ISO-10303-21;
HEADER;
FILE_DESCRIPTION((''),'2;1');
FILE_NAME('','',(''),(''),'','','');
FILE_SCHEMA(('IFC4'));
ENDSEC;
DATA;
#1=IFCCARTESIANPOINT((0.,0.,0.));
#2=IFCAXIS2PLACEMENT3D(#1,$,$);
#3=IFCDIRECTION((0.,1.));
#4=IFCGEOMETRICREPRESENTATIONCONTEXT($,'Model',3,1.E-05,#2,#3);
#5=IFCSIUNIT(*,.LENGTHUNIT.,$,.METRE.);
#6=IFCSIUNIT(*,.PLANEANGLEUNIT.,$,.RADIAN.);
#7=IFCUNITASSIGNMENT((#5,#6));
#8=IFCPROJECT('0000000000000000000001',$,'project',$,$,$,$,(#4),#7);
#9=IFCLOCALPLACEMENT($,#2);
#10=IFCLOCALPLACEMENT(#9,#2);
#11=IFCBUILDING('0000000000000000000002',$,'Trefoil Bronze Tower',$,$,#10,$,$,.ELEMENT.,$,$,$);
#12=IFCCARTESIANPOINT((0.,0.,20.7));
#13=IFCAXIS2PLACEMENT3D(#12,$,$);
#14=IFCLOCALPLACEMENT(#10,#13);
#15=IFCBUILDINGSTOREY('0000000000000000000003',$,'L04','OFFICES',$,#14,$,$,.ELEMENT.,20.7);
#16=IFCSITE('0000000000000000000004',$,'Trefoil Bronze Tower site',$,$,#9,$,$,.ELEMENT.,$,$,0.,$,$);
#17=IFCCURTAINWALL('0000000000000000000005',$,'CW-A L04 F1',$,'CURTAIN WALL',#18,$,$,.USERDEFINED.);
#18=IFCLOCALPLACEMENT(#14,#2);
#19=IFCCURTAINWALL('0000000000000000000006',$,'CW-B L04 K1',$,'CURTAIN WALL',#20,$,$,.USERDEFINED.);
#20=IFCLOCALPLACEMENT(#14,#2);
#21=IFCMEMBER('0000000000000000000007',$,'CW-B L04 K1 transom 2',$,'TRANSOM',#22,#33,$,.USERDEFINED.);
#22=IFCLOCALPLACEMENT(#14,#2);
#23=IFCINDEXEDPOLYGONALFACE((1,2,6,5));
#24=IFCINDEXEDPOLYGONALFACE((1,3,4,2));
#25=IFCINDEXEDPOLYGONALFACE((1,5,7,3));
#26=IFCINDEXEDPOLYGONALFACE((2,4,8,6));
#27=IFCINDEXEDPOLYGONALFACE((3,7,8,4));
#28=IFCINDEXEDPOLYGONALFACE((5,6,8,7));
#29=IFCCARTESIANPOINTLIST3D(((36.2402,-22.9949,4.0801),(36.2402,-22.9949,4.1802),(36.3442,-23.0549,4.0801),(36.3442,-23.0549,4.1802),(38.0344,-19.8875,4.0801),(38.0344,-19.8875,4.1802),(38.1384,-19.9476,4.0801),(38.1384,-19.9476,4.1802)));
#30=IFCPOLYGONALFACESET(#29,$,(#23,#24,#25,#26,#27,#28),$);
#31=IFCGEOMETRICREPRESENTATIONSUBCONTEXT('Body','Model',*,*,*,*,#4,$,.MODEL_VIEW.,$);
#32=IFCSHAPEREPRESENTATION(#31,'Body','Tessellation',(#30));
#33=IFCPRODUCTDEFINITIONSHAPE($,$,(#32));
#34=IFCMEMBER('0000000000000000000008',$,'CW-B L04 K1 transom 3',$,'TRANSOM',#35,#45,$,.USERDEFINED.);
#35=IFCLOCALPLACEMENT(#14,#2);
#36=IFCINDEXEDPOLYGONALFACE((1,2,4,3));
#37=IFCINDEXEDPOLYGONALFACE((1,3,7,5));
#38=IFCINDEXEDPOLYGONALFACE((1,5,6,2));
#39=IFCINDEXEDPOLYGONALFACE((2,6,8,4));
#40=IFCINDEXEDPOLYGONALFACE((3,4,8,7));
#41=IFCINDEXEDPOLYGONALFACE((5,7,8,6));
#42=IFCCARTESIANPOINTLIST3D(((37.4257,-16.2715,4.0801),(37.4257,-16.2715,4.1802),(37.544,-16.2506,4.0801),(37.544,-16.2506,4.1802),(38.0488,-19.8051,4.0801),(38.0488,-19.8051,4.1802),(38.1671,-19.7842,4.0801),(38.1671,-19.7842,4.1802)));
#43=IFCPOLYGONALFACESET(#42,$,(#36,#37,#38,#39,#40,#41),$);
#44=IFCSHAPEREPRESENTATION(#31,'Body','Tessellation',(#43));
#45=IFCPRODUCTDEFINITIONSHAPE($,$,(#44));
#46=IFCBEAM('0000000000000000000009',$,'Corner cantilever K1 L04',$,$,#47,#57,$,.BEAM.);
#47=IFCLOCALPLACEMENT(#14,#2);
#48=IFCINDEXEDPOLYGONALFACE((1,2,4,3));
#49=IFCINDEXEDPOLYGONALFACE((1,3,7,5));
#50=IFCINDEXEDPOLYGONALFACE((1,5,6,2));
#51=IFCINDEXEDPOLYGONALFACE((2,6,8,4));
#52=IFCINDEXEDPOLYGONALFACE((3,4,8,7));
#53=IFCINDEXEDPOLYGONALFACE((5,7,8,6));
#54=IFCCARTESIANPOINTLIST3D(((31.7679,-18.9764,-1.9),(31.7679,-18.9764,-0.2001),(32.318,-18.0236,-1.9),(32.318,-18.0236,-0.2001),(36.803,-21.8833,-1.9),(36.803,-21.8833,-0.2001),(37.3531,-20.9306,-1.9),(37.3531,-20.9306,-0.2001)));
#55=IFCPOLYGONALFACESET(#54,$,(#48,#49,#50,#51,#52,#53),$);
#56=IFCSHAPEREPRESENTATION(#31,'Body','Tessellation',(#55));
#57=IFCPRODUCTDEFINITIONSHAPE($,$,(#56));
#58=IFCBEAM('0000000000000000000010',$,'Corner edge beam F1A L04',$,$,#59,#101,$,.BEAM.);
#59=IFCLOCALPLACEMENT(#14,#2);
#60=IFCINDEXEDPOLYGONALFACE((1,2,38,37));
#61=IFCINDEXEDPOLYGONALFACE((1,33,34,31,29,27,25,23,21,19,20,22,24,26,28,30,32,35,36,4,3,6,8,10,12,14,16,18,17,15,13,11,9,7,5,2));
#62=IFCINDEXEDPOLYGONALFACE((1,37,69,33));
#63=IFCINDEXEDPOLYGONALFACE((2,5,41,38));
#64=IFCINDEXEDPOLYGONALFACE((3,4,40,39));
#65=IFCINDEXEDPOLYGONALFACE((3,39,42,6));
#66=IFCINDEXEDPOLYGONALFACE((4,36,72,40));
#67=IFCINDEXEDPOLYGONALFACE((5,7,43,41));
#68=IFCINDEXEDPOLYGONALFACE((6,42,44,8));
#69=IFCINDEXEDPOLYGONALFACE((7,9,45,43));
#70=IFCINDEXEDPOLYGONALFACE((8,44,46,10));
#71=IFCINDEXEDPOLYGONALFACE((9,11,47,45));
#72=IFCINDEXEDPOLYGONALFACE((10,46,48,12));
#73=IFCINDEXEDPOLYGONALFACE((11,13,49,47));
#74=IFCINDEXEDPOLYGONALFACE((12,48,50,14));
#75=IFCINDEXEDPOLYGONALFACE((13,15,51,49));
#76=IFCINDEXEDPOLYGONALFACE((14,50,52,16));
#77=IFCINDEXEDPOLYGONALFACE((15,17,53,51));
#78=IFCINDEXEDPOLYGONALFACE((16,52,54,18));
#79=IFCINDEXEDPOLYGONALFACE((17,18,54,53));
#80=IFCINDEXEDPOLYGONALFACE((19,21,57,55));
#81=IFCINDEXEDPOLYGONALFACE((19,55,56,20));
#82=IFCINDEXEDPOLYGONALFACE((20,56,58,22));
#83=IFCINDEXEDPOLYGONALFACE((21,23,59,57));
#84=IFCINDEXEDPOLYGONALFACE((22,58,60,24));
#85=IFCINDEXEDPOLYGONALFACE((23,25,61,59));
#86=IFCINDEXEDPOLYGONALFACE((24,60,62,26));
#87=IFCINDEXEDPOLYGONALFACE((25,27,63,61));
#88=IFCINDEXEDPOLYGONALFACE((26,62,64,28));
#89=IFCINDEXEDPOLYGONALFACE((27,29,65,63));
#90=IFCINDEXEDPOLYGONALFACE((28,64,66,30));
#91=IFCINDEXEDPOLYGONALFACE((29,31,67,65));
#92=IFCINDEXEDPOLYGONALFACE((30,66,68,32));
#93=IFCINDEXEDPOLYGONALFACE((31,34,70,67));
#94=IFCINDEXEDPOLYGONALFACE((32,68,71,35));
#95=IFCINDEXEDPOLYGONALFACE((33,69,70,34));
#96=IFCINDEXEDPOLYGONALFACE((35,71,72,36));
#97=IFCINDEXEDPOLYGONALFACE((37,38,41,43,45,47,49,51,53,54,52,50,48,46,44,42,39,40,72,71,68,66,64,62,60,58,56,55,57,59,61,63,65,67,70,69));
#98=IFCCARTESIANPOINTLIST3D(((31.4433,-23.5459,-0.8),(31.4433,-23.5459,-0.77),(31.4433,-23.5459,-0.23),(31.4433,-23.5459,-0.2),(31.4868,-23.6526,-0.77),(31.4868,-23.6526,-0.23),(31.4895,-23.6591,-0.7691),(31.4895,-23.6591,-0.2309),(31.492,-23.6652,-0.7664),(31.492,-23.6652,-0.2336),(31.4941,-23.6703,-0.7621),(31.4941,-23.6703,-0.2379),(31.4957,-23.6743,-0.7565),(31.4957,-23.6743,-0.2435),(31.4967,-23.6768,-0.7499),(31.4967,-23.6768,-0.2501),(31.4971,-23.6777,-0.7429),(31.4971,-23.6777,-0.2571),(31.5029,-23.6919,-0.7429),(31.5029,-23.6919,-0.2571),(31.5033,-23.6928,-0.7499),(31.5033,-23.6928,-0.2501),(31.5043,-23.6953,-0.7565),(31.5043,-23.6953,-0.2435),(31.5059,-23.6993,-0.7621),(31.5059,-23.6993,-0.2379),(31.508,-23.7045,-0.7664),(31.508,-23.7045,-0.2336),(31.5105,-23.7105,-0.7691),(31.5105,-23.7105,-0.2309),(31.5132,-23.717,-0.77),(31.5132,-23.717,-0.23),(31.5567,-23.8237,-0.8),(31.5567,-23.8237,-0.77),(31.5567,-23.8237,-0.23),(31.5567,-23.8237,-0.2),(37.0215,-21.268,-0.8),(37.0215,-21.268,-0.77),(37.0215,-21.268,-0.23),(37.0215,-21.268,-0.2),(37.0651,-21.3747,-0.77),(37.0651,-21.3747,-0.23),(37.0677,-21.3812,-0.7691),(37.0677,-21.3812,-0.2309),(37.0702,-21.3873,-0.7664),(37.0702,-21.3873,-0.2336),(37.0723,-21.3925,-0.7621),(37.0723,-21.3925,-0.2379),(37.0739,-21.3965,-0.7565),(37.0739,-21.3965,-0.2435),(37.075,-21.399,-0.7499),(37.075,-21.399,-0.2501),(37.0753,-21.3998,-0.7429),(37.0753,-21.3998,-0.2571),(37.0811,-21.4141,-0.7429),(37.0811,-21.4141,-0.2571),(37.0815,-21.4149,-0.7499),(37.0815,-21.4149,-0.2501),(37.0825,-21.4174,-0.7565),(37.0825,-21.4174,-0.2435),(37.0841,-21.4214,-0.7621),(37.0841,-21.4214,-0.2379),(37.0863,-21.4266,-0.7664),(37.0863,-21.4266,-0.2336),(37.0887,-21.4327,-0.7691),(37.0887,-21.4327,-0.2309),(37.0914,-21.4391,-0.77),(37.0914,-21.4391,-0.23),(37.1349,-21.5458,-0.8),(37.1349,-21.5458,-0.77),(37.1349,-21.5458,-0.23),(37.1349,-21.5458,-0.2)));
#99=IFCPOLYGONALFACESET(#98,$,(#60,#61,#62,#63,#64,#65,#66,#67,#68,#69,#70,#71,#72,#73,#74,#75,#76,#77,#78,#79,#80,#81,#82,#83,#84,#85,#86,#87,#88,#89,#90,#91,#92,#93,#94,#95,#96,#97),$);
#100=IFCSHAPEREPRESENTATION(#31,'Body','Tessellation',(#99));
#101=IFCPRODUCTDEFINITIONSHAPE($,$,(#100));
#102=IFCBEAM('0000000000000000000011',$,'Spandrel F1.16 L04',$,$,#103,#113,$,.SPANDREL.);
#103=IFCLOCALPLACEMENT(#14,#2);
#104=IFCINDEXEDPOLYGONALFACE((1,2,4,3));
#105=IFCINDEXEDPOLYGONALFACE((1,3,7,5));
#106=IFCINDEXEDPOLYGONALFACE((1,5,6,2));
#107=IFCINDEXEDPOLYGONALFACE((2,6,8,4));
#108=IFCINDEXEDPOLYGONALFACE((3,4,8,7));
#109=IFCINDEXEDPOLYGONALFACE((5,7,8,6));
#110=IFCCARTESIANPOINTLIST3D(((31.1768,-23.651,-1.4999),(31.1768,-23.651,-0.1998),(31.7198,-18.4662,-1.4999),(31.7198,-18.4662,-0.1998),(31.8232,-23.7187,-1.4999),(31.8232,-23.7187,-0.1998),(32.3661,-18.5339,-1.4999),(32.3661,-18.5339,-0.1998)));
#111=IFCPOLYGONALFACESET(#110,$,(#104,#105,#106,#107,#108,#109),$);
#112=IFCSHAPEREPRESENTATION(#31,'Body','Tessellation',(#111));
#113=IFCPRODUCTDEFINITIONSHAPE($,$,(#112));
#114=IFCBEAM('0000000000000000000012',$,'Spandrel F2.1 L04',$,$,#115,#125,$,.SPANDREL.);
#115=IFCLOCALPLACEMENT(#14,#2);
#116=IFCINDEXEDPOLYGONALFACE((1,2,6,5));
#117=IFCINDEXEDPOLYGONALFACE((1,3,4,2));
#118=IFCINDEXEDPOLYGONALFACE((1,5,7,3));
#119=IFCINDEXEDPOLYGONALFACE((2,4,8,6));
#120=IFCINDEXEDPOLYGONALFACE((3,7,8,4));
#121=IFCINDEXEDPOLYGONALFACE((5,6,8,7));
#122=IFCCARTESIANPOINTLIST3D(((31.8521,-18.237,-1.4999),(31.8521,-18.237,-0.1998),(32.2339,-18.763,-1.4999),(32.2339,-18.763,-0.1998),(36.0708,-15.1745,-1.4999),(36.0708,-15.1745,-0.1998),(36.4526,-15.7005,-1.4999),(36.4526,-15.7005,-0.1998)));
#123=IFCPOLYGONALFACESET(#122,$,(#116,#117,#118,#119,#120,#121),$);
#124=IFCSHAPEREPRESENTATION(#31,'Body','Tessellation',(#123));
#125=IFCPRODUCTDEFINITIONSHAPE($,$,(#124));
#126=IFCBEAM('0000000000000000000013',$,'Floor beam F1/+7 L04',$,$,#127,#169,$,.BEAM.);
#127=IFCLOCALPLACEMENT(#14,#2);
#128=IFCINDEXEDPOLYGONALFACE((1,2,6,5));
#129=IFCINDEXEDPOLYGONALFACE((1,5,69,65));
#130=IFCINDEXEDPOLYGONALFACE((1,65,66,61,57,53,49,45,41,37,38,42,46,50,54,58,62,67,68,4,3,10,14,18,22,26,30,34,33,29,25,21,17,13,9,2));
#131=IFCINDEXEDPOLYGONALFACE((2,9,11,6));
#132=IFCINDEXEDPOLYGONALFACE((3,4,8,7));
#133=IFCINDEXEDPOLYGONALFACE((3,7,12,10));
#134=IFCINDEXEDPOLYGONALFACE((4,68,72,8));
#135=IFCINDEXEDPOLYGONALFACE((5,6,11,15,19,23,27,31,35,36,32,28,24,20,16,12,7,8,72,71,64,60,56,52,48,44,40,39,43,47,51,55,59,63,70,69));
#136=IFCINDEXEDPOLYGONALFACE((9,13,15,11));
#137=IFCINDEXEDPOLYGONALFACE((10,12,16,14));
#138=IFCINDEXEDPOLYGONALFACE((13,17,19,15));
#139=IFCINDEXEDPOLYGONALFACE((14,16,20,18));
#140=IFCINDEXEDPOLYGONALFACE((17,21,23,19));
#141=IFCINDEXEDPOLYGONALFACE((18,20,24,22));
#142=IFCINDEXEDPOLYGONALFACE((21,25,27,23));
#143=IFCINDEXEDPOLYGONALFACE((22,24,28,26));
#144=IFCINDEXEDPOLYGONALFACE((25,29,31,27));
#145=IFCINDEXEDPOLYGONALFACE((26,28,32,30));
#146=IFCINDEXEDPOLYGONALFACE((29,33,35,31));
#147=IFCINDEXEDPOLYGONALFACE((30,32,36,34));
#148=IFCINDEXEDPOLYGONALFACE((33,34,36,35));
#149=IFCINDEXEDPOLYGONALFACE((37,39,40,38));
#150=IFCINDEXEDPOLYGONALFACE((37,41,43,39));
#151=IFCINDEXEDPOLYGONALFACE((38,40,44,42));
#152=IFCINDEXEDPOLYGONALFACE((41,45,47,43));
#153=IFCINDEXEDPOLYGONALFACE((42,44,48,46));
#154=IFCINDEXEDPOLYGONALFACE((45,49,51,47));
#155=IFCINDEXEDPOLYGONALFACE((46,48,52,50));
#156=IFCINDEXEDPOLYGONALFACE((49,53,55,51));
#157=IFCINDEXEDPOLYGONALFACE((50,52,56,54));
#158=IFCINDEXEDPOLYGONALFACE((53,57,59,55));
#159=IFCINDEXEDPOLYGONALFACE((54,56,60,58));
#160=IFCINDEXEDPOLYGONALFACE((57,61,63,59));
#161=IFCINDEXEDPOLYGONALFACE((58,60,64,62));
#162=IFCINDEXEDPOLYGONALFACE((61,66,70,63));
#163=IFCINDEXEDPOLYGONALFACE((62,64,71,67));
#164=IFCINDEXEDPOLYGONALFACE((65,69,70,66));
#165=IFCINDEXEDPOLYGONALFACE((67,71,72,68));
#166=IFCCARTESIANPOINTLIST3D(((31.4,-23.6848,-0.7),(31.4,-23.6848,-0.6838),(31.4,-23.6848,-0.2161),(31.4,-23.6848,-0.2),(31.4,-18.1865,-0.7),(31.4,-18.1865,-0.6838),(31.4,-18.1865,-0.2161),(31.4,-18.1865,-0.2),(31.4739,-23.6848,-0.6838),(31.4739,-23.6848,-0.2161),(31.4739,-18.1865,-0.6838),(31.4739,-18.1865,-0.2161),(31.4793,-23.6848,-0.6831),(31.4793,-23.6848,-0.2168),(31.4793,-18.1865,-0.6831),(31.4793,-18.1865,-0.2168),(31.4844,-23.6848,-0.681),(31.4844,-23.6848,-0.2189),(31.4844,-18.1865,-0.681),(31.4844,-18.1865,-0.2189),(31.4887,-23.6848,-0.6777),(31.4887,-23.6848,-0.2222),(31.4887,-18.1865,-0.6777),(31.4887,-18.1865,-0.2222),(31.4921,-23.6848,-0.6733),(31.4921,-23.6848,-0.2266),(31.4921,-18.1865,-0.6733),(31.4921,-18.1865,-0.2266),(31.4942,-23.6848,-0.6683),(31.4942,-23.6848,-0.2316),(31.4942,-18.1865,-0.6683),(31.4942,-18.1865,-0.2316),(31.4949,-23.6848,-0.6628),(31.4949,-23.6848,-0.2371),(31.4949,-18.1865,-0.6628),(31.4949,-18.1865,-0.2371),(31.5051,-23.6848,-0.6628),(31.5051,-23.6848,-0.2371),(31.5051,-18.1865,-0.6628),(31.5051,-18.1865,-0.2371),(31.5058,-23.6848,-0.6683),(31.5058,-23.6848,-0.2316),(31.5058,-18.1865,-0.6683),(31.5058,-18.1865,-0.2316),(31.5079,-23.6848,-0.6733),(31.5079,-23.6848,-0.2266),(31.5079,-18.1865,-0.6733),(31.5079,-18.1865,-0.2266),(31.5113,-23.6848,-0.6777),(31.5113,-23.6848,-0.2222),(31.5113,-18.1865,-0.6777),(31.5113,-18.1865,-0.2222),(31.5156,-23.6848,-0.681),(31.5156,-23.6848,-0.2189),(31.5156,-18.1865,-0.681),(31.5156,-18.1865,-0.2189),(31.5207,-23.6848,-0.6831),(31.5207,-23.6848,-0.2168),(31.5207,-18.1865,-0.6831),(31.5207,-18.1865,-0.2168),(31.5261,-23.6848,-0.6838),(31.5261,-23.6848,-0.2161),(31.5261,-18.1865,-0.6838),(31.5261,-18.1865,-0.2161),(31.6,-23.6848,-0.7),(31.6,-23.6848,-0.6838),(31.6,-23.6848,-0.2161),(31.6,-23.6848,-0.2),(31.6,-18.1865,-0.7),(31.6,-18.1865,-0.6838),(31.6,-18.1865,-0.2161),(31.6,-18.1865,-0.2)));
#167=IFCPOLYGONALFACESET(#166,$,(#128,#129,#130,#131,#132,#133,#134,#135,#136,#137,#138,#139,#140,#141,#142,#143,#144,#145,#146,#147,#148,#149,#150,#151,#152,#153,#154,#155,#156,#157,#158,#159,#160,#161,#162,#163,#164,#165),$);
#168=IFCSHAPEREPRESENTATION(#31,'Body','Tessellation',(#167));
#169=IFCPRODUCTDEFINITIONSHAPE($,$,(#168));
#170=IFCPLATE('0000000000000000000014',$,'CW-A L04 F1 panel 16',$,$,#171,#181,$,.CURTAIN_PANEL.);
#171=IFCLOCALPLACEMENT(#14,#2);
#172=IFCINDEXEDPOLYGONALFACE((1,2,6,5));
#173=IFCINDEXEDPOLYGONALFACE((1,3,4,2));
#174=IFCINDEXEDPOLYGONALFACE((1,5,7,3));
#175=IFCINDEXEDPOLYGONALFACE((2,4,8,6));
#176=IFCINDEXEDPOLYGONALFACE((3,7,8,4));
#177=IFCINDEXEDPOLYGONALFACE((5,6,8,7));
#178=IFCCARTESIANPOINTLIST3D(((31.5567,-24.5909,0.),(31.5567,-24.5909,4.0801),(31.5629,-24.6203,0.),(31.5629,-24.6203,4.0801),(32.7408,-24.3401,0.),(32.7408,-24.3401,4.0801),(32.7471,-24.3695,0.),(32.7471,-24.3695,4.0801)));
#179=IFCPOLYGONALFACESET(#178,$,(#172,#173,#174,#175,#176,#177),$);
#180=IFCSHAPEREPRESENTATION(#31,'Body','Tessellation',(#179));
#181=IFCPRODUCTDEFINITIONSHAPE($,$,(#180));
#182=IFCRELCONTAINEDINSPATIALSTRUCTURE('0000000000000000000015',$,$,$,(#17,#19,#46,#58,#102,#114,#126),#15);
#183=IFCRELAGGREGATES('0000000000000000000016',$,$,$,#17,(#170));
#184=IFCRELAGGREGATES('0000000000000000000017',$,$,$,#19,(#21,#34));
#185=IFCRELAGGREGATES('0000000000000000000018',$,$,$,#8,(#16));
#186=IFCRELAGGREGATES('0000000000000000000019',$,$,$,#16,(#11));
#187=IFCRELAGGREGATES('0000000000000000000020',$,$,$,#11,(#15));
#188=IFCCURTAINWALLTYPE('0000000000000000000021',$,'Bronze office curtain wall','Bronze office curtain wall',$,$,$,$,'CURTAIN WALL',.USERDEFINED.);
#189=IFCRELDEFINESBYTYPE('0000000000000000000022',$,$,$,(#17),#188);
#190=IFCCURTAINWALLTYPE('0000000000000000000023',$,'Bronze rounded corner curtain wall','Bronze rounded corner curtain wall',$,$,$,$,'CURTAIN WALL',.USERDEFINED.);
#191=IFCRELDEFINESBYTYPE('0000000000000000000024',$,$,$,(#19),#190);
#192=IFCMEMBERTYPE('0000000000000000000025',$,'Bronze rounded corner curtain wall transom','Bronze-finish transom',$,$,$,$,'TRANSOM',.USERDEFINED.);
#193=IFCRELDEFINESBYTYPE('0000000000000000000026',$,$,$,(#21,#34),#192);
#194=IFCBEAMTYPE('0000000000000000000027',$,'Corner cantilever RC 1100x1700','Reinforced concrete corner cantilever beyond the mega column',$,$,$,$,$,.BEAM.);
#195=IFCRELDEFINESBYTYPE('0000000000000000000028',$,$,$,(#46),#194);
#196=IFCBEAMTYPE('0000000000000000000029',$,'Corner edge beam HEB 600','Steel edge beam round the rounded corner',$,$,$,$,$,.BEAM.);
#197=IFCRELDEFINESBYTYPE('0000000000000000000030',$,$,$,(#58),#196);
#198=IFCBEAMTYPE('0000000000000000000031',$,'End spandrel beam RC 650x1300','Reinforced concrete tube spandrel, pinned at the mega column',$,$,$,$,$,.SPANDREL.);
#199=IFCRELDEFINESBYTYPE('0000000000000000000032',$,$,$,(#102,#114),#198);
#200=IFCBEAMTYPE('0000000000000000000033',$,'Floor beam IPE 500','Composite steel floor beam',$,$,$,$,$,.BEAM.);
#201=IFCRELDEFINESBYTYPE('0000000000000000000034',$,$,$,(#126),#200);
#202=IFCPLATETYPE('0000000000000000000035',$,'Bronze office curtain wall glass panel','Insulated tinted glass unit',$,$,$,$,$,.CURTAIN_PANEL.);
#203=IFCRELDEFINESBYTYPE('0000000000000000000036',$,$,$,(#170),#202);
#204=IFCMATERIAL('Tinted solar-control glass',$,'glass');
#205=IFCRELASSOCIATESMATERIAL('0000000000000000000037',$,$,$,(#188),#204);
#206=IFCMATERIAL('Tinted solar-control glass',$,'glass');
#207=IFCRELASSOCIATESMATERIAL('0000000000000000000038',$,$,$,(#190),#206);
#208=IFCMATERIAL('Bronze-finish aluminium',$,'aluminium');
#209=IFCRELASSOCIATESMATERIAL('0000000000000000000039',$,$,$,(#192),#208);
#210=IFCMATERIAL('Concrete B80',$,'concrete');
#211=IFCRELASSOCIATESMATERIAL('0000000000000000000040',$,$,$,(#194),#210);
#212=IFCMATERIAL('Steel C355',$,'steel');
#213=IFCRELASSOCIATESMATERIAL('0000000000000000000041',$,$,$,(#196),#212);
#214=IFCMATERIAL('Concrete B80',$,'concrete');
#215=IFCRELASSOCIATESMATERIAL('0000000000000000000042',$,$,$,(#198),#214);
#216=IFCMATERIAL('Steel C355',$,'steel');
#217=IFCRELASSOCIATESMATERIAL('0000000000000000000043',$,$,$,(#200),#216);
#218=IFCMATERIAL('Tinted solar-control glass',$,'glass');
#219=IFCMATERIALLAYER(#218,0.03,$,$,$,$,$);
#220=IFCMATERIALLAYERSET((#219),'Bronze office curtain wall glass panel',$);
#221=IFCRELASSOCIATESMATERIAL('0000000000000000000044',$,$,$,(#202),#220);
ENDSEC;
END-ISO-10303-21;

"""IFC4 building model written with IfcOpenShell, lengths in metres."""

from ifc_helpers import new_model, si_unit, direction, frame, origin, origin_2d, place, context, subcontext, project, spatial, rectangle, i_section, extrude, material, layer, layer_set, material_profile, profile_set, type_object, element, aggregate, save


model = new_model("IFC4")

# Units and contexts
model_context = context("Model", 3, precision=1e-05, world=origin(), true_north=direction((0.0, 1.0)))
body_context = subcontext(model_context, "Body", "Model", "MODEL_VIEW")
ifc_project = project(units=[si_unit("LENGTHUNIT", "METRE"), si_unit("PLANEANGLEUNIT", "RADIAN")], contexts=[model_context])

# Site, building, storey
site_placement = place(None, origin())
site = spatial("IfcSite", under=ifc_project, at=site_placement, Name="Trefoil Bronze Tower site", CompositionType="ELEMENT", RefElevation=0.0)
building_placement = place(site_placement, origin())
building = spatial("IfcBuilding", under=site, at=building_placement, Name="Trefoil Bronze Tower", CompositionType="ELEMENT")
storey_placement = place(building_placement, frame((0.0, 0.0, 20.7)))
storey = spatial("IfcBuildingStorey", under=building, at=storey_placement, Name="L04", Description="OFFICES", CompositionType="ELEMENT", Elevation=20.7)

# Curtain walls, members
ifc_material_1 = material(Name="Tinted solar-control glass", Category="glass")
curtain_wall_type_1 = type_object("IfcCurtainWallType", Name="Bronze office curtain wall", Description="Bronze office curtain wall", ElementType="CURTAIN WALL", PredefinedType="USERDEFINED", material=ifc_material_1)
curtain_wall_1_placement = place(storey_placement, origin())
curtain_wall_1 = element("IfcCurtainWall", 1, at=curtain_wall_1_placement, inside=storey, type_object=curtain_wall_type_1, Name="CW-A L04 F1", ObjectType="CURTAIN WALL", PredefinedType="USERDEFINED")
ifc_material_2 = material(Name="Tinted solar-control glass", Category="glass")
curtain_wall_type_2 = type_object("IfcCurtainWallType", Name="Bronze rounded corner curtain wall", Description="Bronze rounded corner curtain wall", ElementType="CURTAIN WALL", PredefinedType="USERDEFINED", material=ifc_material_2)
curtain_wall_2_placement = place(storey_placement, origin())
curtain_wall_2 = element("IfcCurtainWall", 2, at=curtain_wall_2_placement, inside=storey, type_object=curtain_wall_type_2, Name="CW-B L04 K1", ObjectType="CURTAIN WALL", PredefinedType="USERDEFINED")
ifc_material_3 = material(Name="Bronze-finish aluminium", Category="aluminium")
ifc_material_profile_1 = material_profile(ifc_material_3, rectangle(XDim=0.1201, YDim=0.1001, at=origin_2d()), Name="CW-B transom")
ifc_profile_set_1 = profile_set([ifc_material_profile_1], Name="Bronze-finish aluminium")
member_type_1 = type_object("IfcMemberType", Name="Bronze rounded corner curtain wall transom", Description="Bronze-finish transom", ElementType="TRANSOM", PredefinedType="USERDEFINED", material=ifc_profile_set_1)
member_1_placement = place(storey_placement, frame((36.2922, -23.0249, 4.1301), z_axis=(0.500025, 0.866011, 0.0), x_axis=(-0.866011, 0.500025, 0.0)))
member_1 = element("IfcMember", 3, at=member_1_placement, type_object=member_type_1, Name="CW-B L04 K1 transom 2", ObjectType="TRANSOM", PredefinedType="USERDEFINED", context=body_context, shape_type="SweptSolid", body=[
    extrude(rectangle(XDim=0.1201, YDim=0.1001, at=origin_2d()), origin(), (0.0, 0.0, 1.0), 3.5881),
])
member_2_placement = place(storey_placement, frame((38.1079, -19.7947, 4.1301), z_axis=(-0.173638, 0.98481, 0.0), x_axis=(-0.98481, -0.173638, 0.0)))
member_2 = element("IfcMember", 4, at=member_2_placement, type_object=member_type_1, Name="CW-B L04 K1 transom 3", ObjectType="TRANSOM", PredefinedType="USERDEFINED", context=body_context, shape_type="SweptSolid", body=[
    extrude(rectangle(XDim=0.1201, YDim=0.1001, at=origin_2d()), origin(), (0.0, 0.0, 1.0), 3.5881),
])

# Beams
ifc_material_4 = material(Name="Concrete B80", Category="concrete")
ifc_material_profile_2 = material_profile(ifc_material_4, rectangle(XDim=1.1001, YDim=1.7, at=origin_2d()), Name="RC 1100x1700")
ifc_profile_set_2 = profile_set([ifc_material_profile_2], Name="Concrete B80")
beam_type_1 = type_object("IfcBeamType", Name="Corner cantilever RC 1100x1700", Description="Reinforced concrete corner cantilever beyond the mega column", PredefinedType="BEAM", material=ifc_profile_set_2)
beam_1_placement = place(storey_placement, frame((32.043, -18.5, -1.05), z_axis=(0.86603, -0.499991, 0.0), x_axis=(0.499991, 0.86603, 0.0)))
element("IfcBeam", 5, at=beam_1_placement, inside=storey, type_object=beam_type_1, Name="Corner cantilever K1 L04", PredefinedType="BEAM", context=body_context, shape_type="SweptSolid", body=[
    extrude(rectangle(XDim=1.1001, YDim=1.7, at=origin_2d()), origin(), (0.0, 0.0, 1.0), 5.814),
])
ifc_material_5 = material(Name="Steel C355", Category="steel")
ifc_material_profile_3 = material_profile(ifc_material_5, i_section(OverallWidth=0.3, OverallDepth=0.6001, WebThickness=0.0154, FlangeThickness=0.03, FilletRadius=0.0271, at=origin_2d()), Name="HEB 600")
ifc_profile_set_3 = profile_set([ifc_material_profile_3], Name="Steel C355")
beam_type_2 = type_object("IfcBeamType", Name="Corner edge beam HEB 600", Description="Steel edge beam round the rounded corner", PredefinedType="BEAM", material=ifc_profile_set_3)
beam_2_placement = place(storey_placement, frame((31.5, -23.6848, -0.5), z_axis=(0.925787, 0.378046, 0.0), x_axis=(-0.378046, 0.925787, 0.0)))
element("IfcBeam", 6, at=beam_2_placement, inside=storey, type_object=beam_type_2, Name="Corner edge beam F1A L04", PredefinedType="BEAM", context=body_context, shape_type="SweptSolid", body=[
    extrude(i_section(OverallWidth=0.3, OverallDepth=0.6001, WebThickness=0.0154, FlangeThickness=0.03, FilletRadius=0.0271, at=origin_2d()), origin(), (0.0, 0.0, 1.0), 6.0254),
])
ifc_material_6 = material(Name="Concrete B80", Category="concrete")
ifc_material_profile_4 = material_profile(ifc_material_6, rectangle(XDim=0.6499, YDim=1.3, at=origin_2d()), Name="RC 650x1300")
ifc_profile_set_4 = profile_set([ifc_material_profile_4], Name="Concrete B80")
beam_type_3 = type_object("IfcBeamType", Name="End spandrel beam RC 650x1300", Description="Reinforced concrete tube spandrel, pinned at the mega column", PredefinedType="SPANDREL", material=ifc_profile_set_4)
for number, where, z_axis, x_axis, name in (
    (7, (31.5, -23.6848, -0.8499), (0.104153, 0.994561, 0.0), (-0.994561, 0.104153, 0.0), "Spandrel F1.16 L04"),
    (8, (32.043, -18.5, -0.8499), (0.809254, 0.587459, 0.0), (-0.587459, 0.809254, 0.0), "Spandrel F2.1 L04"),
):
    element("IfcBeam", number, at=place(storey_placement, frame(where, z_axis=z_axis, x_axis=x_axis)), inside=storey, type_object=beam_type_3, Name=name, PredefinedType="SPANDREL", context=body_context, shape_type="SweptSolid", body=[
        extrude(rectangle(XDim=0.6499, YDim=1.3, at=origin_2d()), origin(), (0.0, 0.0, 1.0), 5.2131),
    ])
ifc_material_7 = material(Name="Steel C355", Category="steel")
ifc_material_profile_5 = material_profile(ifc_material_7, i_section(OverallWidth=0.2, OverallDepth=0.5, WebThickness=0.0103, FlangeThickness=0.0161, FilletRadius=0.021, at=origin_2d()), Name="IPE 500")
ifc_profile_set_5 = profile_set([ifc_material_profile_5], Name="Steel C355")
beam_type_4 = type_object("IfcBeamType", Name="Floor beam IPE 500", Description="Composite steel floor beam", PredefinedType="BEAM", material=ifc_profile_set_5)
beam_3_placement = place(storey_placement, frame((31.5, -23.6848, -0.45), z_axis=(0.0, 1.0, 0.0), x_axis=(-1.0, 0.0, 0.0)))
element("IfcBeam", 9, at=beam_3_placement, inside=storey, type_object=beam_type_4, Name="Floor beam F1/+7 L04", PredefinedType="BEAM", context=body_context, shape_type="SweptSolid", body=[
    extrude(i_section(OverallWidth=0.2, OverallDepth=0.5, WebThickness=0.0103, FlangeThickness=0.0161, FilletRadius=0.021, at=origin_2d()), origin(), (0.0, 0.0, 1.0), 5.4983),
])

# Plate
ifc_material_8 = material(Name="Tinted solar-control glass", Category="glass")
ifc_layer_1 = layer(ifc_material_8, 0.03)
ifc_layer_set_1 = layer_set([ifc_layer_1], Name="Bronze office curtain wall glass panel")
plate_type_1 = type_object("IfcPlateType", Name="Bronze office curtain wall glass panel", Description="Insulated tinted glass unit", PredefinedType="CURTAIN_PANEL", material=ifc_layer_set_1)
plate_1_placement = place(storey_placement, frame((32.1519, -24.4802, 0.0), z_axis=(0.0, 0.0, 1.0), x_axis=(0.978303, 0.207181, 0.0)))
plate_1 = element("IfcPlate", 10, at=plate_1_placement, type_object=plate_type_1, Name="CW-A L04 F1 panel 16", PredefinedType="CURTAIN_PANEL", context=body_context, shape_type="SweptSolid", body=[
    extrude(rectangle(XDim=1.2104, YDim=0.03, at=origin_2d()), origin(), (0.0, 0.0, 1.0), 4.0801),
])
aggregate(curtain_wall_1, [plate_1])
aggregate(curtain_wall_2, [member_1, member_2])

save(model, "model.ifc")
